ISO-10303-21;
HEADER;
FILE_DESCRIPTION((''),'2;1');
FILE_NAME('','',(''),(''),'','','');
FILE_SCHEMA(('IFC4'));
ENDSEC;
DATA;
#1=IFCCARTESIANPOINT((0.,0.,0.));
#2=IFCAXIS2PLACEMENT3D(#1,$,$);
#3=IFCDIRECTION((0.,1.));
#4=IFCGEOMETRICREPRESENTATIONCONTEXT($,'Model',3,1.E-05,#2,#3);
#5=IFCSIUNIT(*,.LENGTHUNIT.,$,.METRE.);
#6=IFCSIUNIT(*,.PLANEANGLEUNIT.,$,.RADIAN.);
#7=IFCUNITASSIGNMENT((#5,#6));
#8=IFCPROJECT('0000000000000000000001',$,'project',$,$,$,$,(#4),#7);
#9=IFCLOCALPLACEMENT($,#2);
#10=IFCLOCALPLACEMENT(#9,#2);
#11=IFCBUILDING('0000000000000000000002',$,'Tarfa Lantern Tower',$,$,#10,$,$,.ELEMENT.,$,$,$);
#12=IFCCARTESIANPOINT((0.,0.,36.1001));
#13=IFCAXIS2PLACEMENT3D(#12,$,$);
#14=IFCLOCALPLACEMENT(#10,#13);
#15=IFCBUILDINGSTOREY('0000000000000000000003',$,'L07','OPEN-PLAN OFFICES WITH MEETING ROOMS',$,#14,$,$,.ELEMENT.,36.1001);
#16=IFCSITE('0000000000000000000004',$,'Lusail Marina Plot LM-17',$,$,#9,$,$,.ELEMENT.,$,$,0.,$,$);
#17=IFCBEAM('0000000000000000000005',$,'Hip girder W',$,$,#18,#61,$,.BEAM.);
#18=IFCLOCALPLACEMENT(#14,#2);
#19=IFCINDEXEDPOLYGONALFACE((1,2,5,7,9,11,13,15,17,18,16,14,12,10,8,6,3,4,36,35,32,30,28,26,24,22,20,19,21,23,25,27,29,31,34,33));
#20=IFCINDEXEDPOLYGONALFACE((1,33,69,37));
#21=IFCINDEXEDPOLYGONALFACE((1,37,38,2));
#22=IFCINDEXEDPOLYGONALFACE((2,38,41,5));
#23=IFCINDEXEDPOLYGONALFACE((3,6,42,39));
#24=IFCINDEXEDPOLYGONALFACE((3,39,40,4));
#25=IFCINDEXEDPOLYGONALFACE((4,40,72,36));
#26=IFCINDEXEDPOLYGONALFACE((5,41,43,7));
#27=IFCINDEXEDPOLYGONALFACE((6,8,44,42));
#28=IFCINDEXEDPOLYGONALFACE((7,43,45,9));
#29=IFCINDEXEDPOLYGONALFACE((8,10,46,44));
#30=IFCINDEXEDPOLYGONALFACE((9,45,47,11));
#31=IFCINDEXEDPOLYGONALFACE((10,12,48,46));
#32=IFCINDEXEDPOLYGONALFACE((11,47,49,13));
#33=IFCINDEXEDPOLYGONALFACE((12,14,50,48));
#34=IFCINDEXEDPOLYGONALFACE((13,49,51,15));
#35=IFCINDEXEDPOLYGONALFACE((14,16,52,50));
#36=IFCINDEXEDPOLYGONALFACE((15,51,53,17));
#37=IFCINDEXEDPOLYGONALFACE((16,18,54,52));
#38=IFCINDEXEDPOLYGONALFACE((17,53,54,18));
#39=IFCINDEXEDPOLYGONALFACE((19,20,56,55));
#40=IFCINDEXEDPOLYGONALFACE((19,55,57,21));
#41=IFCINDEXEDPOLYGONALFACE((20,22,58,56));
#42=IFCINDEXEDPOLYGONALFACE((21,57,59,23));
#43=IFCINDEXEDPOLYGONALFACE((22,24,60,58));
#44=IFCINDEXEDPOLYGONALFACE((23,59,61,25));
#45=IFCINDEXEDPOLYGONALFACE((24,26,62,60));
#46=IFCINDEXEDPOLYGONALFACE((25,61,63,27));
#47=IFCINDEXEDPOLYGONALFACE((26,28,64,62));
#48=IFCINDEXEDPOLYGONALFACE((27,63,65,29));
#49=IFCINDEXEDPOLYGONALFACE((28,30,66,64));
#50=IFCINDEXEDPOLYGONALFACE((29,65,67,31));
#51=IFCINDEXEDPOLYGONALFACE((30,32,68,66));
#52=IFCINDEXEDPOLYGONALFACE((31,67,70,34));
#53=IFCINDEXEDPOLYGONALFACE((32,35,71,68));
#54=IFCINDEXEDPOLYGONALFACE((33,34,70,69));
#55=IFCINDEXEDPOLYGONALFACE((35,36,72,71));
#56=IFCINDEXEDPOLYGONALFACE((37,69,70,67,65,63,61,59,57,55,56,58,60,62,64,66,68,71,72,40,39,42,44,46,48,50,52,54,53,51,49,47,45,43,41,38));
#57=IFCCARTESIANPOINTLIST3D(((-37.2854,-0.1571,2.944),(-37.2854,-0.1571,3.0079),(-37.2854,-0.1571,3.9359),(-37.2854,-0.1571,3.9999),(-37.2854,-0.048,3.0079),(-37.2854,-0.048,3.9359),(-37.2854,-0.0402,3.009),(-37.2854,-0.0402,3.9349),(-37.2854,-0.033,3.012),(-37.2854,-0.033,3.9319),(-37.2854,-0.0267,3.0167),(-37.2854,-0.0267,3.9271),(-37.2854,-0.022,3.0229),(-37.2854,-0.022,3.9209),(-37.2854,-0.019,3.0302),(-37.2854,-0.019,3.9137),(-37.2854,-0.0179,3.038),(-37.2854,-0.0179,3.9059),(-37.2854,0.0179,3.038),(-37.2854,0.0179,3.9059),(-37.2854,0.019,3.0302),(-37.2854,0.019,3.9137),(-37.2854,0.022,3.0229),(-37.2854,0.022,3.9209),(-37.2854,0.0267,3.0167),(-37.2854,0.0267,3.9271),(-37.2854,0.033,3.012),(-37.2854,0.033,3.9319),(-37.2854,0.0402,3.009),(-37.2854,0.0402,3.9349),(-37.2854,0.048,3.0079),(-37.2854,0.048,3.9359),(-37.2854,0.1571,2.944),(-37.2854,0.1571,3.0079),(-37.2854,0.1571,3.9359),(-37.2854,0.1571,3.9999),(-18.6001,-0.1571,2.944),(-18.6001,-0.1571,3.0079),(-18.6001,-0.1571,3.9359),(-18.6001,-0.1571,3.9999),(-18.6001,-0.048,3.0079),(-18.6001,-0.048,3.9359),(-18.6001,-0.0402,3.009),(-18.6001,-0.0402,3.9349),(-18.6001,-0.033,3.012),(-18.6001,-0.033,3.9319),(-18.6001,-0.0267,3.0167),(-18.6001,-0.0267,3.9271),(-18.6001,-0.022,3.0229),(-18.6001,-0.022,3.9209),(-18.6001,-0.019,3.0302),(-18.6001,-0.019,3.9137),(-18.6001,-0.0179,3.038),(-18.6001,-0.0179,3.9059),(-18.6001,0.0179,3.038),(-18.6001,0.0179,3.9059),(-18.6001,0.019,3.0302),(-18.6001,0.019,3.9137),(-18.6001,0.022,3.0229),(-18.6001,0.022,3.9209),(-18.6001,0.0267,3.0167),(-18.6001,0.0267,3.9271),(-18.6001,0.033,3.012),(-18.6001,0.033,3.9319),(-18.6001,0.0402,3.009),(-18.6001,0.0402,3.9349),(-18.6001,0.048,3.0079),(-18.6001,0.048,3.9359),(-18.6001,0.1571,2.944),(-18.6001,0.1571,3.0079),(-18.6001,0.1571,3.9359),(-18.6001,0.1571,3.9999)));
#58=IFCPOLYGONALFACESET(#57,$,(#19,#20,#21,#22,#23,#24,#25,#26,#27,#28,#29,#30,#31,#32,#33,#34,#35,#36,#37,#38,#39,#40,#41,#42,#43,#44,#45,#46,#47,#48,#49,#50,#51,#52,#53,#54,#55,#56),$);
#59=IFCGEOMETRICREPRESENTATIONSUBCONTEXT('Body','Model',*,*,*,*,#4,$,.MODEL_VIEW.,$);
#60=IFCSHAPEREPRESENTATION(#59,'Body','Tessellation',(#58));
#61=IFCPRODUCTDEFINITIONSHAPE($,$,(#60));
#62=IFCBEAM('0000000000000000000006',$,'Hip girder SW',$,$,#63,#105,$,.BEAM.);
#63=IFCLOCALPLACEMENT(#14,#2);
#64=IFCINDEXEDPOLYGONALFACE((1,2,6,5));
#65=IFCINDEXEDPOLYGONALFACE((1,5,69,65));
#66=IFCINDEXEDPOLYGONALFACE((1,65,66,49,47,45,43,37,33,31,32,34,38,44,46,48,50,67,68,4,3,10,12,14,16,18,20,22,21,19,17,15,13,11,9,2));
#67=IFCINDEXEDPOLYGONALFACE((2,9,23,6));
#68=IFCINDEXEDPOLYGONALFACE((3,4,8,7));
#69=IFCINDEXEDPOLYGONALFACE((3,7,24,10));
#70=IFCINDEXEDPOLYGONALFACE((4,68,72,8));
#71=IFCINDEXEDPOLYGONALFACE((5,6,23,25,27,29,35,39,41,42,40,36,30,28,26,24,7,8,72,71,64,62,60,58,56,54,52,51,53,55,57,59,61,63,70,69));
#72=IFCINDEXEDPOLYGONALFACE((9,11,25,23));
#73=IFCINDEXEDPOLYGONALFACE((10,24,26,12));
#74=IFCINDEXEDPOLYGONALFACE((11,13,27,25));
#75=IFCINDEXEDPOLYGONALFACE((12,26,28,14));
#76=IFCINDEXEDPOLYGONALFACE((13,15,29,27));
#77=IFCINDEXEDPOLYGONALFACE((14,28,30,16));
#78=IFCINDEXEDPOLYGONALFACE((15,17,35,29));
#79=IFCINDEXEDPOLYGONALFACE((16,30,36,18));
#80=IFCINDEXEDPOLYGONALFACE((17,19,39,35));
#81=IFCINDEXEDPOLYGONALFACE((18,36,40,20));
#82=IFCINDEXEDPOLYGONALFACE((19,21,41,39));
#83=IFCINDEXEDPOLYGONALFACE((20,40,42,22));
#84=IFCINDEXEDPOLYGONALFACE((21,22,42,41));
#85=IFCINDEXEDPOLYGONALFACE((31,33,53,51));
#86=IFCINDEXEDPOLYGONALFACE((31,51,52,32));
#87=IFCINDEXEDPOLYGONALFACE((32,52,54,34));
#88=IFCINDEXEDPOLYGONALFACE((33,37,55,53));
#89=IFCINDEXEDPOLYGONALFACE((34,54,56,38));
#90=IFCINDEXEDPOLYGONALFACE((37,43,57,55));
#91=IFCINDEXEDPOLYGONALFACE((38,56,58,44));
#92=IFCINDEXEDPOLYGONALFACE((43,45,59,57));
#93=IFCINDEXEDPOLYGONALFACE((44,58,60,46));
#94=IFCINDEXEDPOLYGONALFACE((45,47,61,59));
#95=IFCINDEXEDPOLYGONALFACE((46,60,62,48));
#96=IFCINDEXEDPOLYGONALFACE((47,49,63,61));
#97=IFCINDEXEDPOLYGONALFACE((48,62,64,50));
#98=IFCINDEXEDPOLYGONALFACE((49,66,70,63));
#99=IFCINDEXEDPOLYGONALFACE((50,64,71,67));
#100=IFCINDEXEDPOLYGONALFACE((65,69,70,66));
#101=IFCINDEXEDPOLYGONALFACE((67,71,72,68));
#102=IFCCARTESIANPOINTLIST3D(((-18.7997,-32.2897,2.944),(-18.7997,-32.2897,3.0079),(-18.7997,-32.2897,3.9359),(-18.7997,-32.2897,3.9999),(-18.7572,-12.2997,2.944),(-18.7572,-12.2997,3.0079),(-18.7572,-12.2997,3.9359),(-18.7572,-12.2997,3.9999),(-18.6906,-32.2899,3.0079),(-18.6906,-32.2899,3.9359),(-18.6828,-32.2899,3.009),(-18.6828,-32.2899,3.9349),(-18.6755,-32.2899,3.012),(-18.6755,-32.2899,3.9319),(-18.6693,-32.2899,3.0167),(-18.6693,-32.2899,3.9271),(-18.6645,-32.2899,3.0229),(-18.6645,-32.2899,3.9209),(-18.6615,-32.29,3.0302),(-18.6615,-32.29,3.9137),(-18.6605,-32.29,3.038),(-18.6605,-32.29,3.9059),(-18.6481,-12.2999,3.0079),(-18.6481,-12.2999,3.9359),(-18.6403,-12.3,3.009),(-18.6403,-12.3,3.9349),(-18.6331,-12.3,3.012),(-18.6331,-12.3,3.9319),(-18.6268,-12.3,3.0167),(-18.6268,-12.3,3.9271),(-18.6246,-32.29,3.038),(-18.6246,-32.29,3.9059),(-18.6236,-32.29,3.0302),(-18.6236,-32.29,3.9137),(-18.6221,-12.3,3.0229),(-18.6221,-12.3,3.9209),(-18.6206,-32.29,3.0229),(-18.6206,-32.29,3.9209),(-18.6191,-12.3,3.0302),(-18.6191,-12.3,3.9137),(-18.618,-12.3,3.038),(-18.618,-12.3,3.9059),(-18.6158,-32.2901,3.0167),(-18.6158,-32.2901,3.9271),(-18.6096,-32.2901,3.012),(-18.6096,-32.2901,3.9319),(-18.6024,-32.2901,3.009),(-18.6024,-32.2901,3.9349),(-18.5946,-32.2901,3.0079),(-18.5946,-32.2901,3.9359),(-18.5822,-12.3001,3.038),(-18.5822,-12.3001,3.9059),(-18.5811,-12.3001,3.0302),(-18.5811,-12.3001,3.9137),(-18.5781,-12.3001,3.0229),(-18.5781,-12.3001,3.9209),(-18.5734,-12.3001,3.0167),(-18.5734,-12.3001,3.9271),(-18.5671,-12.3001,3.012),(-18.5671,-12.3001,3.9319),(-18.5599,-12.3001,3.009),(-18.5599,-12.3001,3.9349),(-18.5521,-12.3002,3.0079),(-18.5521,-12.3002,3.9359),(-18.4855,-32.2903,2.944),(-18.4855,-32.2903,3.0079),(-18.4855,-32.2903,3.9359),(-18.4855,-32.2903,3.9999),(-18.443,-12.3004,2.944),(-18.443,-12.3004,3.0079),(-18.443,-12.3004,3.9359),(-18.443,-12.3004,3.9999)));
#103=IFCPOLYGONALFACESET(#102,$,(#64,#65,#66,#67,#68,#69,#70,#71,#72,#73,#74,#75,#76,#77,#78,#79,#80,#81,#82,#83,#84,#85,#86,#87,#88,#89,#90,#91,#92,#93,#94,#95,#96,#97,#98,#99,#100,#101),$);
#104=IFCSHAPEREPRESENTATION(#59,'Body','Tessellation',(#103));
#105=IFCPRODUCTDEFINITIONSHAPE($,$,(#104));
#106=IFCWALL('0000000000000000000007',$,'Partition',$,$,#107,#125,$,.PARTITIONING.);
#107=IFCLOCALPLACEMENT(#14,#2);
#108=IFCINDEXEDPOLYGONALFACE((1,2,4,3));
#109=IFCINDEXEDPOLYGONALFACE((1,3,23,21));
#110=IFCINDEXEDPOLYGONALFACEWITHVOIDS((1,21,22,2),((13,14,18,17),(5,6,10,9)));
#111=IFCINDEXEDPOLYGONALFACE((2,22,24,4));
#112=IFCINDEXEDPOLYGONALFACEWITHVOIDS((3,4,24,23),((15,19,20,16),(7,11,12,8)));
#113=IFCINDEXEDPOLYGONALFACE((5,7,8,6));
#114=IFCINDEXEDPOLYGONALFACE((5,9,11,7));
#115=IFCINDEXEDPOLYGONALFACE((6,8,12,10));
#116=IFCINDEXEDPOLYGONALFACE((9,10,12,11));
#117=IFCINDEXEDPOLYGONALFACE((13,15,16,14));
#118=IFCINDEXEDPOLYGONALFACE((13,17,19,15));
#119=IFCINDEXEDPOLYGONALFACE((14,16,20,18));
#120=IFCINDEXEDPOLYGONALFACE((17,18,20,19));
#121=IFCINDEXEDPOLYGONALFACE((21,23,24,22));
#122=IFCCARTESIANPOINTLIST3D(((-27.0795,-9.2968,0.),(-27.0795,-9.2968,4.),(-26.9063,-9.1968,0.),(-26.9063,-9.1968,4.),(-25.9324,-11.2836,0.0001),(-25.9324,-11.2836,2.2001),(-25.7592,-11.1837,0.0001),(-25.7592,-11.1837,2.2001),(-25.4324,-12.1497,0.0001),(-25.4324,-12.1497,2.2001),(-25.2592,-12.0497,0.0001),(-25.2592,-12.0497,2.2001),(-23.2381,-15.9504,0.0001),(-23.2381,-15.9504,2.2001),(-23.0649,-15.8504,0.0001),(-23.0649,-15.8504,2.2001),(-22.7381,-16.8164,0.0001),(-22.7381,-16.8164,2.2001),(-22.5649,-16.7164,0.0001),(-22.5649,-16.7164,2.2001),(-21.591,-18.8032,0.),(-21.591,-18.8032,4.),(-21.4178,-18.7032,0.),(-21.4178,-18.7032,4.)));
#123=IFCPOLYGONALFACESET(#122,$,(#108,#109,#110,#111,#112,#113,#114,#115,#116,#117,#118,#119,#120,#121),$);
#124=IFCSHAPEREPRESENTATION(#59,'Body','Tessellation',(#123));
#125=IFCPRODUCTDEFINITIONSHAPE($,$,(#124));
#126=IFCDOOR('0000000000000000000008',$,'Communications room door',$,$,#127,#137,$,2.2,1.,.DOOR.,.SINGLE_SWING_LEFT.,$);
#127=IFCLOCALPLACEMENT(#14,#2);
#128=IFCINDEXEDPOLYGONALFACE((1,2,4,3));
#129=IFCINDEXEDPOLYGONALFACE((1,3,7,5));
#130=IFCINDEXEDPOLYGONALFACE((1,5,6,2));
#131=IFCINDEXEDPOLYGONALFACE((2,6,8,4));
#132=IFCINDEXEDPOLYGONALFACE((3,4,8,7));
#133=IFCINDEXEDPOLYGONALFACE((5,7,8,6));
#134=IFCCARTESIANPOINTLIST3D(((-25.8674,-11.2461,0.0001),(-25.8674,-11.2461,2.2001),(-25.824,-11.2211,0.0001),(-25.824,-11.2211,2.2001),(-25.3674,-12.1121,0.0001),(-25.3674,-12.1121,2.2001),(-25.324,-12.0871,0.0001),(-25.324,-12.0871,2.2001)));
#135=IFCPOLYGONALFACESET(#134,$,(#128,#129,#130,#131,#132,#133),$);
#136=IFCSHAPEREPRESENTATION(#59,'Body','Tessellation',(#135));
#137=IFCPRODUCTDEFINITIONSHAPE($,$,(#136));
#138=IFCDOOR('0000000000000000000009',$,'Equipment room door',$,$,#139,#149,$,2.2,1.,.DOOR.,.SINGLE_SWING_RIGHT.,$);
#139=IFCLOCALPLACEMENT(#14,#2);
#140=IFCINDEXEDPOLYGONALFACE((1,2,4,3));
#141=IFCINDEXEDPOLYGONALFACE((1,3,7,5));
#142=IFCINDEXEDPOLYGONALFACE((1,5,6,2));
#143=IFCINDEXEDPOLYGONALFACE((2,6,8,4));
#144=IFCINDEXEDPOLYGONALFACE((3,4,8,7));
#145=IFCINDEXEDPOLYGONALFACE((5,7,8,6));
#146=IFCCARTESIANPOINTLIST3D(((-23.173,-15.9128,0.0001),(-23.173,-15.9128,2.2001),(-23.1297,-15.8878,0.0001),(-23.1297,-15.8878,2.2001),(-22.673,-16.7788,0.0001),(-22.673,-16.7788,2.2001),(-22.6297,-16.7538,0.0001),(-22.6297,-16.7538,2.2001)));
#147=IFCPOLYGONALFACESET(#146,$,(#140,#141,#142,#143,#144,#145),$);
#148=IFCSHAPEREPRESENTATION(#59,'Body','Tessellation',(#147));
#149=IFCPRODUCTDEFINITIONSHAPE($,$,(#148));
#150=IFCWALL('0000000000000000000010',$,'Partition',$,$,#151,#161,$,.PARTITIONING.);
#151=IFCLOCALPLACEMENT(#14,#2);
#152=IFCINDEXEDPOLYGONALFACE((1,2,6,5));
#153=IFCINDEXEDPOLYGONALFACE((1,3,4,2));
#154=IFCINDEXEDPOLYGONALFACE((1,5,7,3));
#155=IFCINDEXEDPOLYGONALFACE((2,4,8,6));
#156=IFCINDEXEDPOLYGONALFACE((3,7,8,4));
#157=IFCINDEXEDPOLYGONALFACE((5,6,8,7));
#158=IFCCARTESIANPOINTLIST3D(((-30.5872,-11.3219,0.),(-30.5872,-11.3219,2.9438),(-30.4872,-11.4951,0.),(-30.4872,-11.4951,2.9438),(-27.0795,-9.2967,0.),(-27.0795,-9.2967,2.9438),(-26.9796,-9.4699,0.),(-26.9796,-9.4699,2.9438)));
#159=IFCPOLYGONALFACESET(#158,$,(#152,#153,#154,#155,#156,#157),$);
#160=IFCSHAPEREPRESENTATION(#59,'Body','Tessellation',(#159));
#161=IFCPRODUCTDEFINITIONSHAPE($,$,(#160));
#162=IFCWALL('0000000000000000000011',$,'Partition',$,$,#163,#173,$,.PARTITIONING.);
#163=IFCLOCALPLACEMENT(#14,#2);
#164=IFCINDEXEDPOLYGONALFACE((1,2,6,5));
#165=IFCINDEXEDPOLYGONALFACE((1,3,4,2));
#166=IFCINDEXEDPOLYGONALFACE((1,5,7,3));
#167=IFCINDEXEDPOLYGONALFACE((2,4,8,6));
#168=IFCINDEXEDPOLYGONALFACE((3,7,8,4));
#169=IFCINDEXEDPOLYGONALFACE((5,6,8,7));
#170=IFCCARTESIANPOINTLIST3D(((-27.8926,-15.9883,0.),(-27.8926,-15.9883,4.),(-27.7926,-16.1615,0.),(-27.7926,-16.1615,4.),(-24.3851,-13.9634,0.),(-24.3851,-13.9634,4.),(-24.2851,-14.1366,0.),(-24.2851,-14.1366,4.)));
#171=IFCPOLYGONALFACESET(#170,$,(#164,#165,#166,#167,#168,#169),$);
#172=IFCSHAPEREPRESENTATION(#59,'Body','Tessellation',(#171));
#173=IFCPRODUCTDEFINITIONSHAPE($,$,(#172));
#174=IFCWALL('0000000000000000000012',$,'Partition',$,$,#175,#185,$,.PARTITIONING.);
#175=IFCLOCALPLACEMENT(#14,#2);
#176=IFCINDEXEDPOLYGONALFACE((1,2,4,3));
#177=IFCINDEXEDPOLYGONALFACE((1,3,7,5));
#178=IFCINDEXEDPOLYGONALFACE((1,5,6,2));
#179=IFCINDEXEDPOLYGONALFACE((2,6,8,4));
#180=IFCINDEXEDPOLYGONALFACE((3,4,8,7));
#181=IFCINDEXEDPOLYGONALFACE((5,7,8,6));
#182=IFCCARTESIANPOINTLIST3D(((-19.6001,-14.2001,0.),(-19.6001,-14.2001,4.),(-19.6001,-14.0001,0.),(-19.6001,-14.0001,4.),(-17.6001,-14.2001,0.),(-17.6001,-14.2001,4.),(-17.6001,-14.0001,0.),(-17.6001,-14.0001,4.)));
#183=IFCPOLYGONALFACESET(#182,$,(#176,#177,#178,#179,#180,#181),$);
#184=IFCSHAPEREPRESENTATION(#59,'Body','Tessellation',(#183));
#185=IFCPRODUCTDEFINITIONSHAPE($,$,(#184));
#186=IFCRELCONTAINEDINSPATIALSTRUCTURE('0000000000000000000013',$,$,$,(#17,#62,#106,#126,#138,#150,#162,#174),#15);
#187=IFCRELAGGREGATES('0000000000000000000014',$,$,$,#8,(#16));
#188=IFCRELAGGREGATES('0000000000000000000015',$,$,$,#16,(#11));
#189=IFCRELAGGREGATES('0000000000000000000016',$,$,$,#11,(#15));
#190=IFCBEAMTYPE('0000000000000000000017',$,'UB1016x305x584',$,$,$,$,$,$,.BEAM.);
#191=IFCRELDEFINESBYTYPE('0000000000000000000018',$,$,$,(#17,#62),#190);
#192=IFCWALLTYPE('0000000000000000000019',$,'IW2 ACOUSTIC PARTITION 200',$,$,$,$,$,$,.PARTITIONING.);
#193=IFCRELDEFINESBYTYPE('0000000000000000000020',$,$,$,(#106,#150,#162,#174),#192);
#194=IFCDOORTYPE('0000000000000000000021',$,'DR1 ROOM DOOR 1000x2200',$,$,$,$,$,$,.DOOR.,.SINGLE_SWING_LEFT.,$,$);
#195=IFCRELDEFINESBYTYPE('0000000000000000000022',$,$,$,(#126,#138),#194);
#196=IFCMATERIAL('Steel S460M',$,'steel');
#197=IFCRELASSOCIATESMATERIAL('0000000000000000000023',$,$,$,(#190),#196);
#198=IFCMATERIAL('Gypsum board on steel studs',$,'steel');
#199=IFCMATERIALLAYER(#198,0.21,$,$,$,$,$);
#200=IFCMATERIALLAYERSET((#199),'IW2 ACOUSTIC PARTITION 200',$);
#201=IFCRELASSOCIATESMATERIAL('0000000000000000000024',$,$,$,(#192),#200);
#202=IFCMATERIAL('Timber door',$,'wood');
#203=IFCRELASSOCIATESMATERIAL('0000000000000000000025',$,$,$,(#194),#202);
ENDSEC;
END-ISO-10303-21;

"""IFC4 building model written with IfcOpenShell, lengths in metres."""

from ifc_helpers import new_model, si_unit, direction, frame, frame_2d, origin, origin_2d, place, context, subcontext, project, spatial, rectangle, i_section, extrude, material, layer, layer_set, material_profile, profile_set, type_object, element, fill, save


model = new_model("IFC4")

# Units and contexts
model_context = context("Model", 3, precision=1e-05, world=origin(), true_north=direction((0.0, 1.0)))
body_context = subcontext(model_context, "Body", "Model", "MODEL_VIEW")
ifc_project = project(units=[si_unit("LENGTHUNIT", "METRE"), si_unit("PLANEANGLEUNIT", "RADIAN")], contexts=[model_context])

# Site, building, storey
site_placement = place(None, origin())
site = spatial("IfcSite", under=ifc_project, at=site_placement, Name="Lusail Marina Plot LM-17", CompositionType="ELEMENT", RefElevation=0.0)
building_placement = place(site_placement, origin())
building = spatial("IfcBuilding", under=site, at=building_placement, Name="Tarfa Lantern Tower", CompositionType="ELEMENT")
storey_placement = place(building_placement, frame((0.0, 0.0, 36.1001)))
storey = spatial("IfcBuildingStorey", under=building, at=storey_placement, Name="L07", Description="OPEN-PLAN OFFICES WITH MEETING ROOMS", CompositionType="ELEMENT", Elevation=36.1001)

# Beams
ifc_material_1 = material(Name="Steel S460M", Category="steel")
ifc_material_profile = material_profile(ifc_material_1, i_section(OverallWidth=0.3142, OverallDepth=1.0559, WebThickness=0.0359, FlangeThickness=0.064, FilletRadius=0.03, at=origin_2d()), Name="UB1016x305x584")
ifc_profile_set = profile_set([ifc_material_profile], Name="Steel S460M")
beam_type = type_object("IfcBeamType", Name="UB1016x305x584", PredefinedType="BEAM", material=ifc_profile_set)
beam_1_placement = place(storey_placement, frame((-18.6001, 0.0, 3.4719), z_axis=(-1.0, 0.0, 0.0), x_axis=(0.0, -1.0, 0.0)))
element("IfcBeam", 1, at=beam_1_placement, inside=storey, type_object=beam_type, Name="Hip girder W", PredefinedType="BEAM", context=body_context, shape_type="SweptSolid", body=[
    extrude(i_section(OverallWidth=0.3142, OverallDepth=1.0559, WebThickness=0.0359, FlangeThickness=0.064, FilletRadius=0.03, at=origin_2d()), origin(), (0.0, 0.0, 1.0), 18.6853),
])
beam_2_placement = place(storey_placement, frame((-18.6001, -12.3, 3.4719), z_axis=(-0.002125, -0.999998, 0.0), x_axis=(0.999998, -0.002125, 0.0)))
element("IfcBeam", 2, at=beam_2_placement, inside=storey, type_object=beam_type, Name="Hip girder SW", PredefinedType="BEAM", context=body_context, shape_type="SweptSolid", body=[
    extrude(i_section(OverallWidth=0.3142, OverallDepth=1.0559, WebThickness=0.0359, FlangeThickness=0.064, FilletRadius=0.03, at=origin_2d()), origin(), (0.0, 0.0, 1.0), 19.99),
])

# Wall, openings, doors
ifc_material_2 = material(Name="Gypsum board on steel studs", Category="steel")
ifc_layer_1 = layer(ifc_material_2, 0.21)
ifc_layer_set_1 = layer_set([ifc_layer_1], Name="IW2 ACOUSTIC PARTITION 200")
wall_type_1 = type_object("IfcWallType", Name="IW2 ACOUSTIC PARTITION 200", PredefinedType="PARTITIONING", material=ifc_layer_set_1)
wall_1_placement = place(storey_placement, frame((-26.9929, -9.2468, 0.0), z_axis=(0.0, 0.0, 1.0), x_axis=(0.500002, -0.866024, 0.0)))
wall_1 = element("IfcWall", 3, at=wall_1_placement, inside=storey, type_object=wall_type_1, Name="Partition", PredefinedType="PARTITIONING", context=body_context, shape_type="SweptSolid", body=[
    extrude(rectangle(XDim=10.9771, YDim=0.2, at=frame_2d((5.4885, 0.0))), origin(), (0.0, 0.0, 1.0), 4.0),
])
opening_1_placement = place(wall_1_placement, frame((2.2942, 0.0, 0.0)))
opening_1 = element("IfcOpeningElement", 4, at=opening_1_placement, cuts=wall_1, PredefinedType="OPENING", context=body_context, shape_type="SweptSolid", body=[
    extrude(rectangle(XDim=1.0, YDim=2.2, at=frame_2d((0.5, 1.1001))), frame((0.0, 0.1099, 0.0), z_axis=(0.0, -1.0, 0.0), x_axis=(1.0, 0.0, 0.0)), (0.0, 0.0, 1.0), 0.22),
])
opening_2_placement = place(wall_1_placement, frame((7.6829, 0.0, 0.0)))
opening_2 = element("IfcOpeningElement", 5, at=opening_2_placement, cuts=wall_1, PredefinedType="OPENING", context=body_context, shape_type="SweptSolid", body=[
    extrude(rectangle(XDim=1.0, YDim=2.2, at=frame_2d((0.5, 1.1001))), frame((0.0, 0.1099, 0.0), z_axis=(0.0, -1.0, 0.0), x_axis=(1.0, 0.0, 0.0)), (0.0, 0.0, 1.0), 0.22),
])
ifc_material_3 = material(Name="Timber door", Category="wood")
door_type_1 = type_object("IfcDoorType", Name="DR1 ROOM DOOR 1000x2200", OperationType="SINGLE_SWING_LEFT", PredefinedType="DOOR", material=ifc_material_3)
door_1_placement = place(opening_1_placement, frame((1.0, 0.0, 0.0), z_axis=(0.0, 0.0, 1.0), x_axis=(-1.0, 0.0, 0.0)))
door_1 = element("IfcDoor", 6, at=door_1_placement, inside=storey, type_object=door_type_1, Name="Communications room door", OperationType="SINGLE_SWING_LEFT", OverallHeight=2.2, OverallWidth=1.0, PredefinedType="DOOR", context=body_context, shape_type="SweptSolid", body=[
    extrude(rectangle(XDim=1.0, YDim=2.2, at=frame_2d((0.5, 1.1001))), frame((0.0, 0.0249, 0.0), z_axis=(0.0, -1.0, 0.0), x_axis=(1.0, 0.0, 0.0)), (0.0, 0.0, 1.0), 0.05),
])
fill(opening_1, door_1)
door_2_placement = place(opening_2_placement, frame((1.0, 0.0, 0.0), z_axis=(0.0, 0.0, 1.0), x_axis=(-1.0, 0.0, 0.0)))
door_2 = element("IfcDoor", 7, at=door_2_placement, inside=storey, type_object=door_type_1, Name="Equipment room door", OperationType="SINGLE_SWING_RIGHT", OverallHeight=2.2, OverallWidth=1.0, PredefinedType="DOOR", context=body_context, shape_type="SweptSolid", body=[
    extrude(rectangle(XDim=1.0, YDim=2.2, at=frame_2d((0.5, 1.1001))), frame((0.0, 0.0249, 0.0), z_axis=(0.0, -1.0, 0.0), x_axis=(1.0, 0.0, 0.0)), (0.0, 0.0, 1.0), 0.05),
])
fill(opening_2, door_2)

# Walls
wall_2_placement = place(storey_placement, frame((-27.0295, -9.3833, 0.0), z_axis=(0.0, 0.0, 1.0), x_axis=(-0.86602, -0.500009, 0.0)))
element("IfcWall", 8, at=wall_2_placement, inside=storey, type_object=wall_type_1, Name="Partition", PredefinedType="PARTITIONING", context=body_context, shape_type="SweptSolid", body=[
    extrude(rectangle(XDim=4.0503, YDim=0.2, at=frame_2d((2.0251, 0.0))), origin(), (0.0, 0.0, 1.0), 2.9438),
])
wall_3_placement = place(storey_placement, frame((-24.3352, -14.05, 0.0), z_axis=(0.0, 0.0, 1.0), x_axis=(-0.866046, -0.499964, 0.0)))
element("IfcWall", 9, at=wall_3_placement, inside=storey, type_object=wall_type_1, Name="Partition", PredefinedType="PARTITIONING", context=body_context, shape_type="SweptSolid", body=[
    extrude(rectangle(XDim=4.05, YDim=0.2, at=frame_2d((2.0249, 0.0))), origin(), (0.0, 0.0, 1.0), 4.0),
])
wall_4_placement = place(storey_placement, frame((-17.6001, -14.1001, 0.0), z_axis=(0.0, 0.0, 1.0), x_axis=(-1.0, 0.0, 0.0)))
element("IfcWall", 10, at=wall_4_placement, inside=storey, type_object=wall_type_1, Name="Partition", PredefinedType="PARTITIONING", context=body_context, shape_type="SweptSolid", body=[
    extrude(rectangle(XDim=2.0, YDim=0.2, at=frame_2d((1.0, 0.0))), origin(), (0.0, 0.0, 1.0), 4.0),
])

save(model, "model.ifc")
